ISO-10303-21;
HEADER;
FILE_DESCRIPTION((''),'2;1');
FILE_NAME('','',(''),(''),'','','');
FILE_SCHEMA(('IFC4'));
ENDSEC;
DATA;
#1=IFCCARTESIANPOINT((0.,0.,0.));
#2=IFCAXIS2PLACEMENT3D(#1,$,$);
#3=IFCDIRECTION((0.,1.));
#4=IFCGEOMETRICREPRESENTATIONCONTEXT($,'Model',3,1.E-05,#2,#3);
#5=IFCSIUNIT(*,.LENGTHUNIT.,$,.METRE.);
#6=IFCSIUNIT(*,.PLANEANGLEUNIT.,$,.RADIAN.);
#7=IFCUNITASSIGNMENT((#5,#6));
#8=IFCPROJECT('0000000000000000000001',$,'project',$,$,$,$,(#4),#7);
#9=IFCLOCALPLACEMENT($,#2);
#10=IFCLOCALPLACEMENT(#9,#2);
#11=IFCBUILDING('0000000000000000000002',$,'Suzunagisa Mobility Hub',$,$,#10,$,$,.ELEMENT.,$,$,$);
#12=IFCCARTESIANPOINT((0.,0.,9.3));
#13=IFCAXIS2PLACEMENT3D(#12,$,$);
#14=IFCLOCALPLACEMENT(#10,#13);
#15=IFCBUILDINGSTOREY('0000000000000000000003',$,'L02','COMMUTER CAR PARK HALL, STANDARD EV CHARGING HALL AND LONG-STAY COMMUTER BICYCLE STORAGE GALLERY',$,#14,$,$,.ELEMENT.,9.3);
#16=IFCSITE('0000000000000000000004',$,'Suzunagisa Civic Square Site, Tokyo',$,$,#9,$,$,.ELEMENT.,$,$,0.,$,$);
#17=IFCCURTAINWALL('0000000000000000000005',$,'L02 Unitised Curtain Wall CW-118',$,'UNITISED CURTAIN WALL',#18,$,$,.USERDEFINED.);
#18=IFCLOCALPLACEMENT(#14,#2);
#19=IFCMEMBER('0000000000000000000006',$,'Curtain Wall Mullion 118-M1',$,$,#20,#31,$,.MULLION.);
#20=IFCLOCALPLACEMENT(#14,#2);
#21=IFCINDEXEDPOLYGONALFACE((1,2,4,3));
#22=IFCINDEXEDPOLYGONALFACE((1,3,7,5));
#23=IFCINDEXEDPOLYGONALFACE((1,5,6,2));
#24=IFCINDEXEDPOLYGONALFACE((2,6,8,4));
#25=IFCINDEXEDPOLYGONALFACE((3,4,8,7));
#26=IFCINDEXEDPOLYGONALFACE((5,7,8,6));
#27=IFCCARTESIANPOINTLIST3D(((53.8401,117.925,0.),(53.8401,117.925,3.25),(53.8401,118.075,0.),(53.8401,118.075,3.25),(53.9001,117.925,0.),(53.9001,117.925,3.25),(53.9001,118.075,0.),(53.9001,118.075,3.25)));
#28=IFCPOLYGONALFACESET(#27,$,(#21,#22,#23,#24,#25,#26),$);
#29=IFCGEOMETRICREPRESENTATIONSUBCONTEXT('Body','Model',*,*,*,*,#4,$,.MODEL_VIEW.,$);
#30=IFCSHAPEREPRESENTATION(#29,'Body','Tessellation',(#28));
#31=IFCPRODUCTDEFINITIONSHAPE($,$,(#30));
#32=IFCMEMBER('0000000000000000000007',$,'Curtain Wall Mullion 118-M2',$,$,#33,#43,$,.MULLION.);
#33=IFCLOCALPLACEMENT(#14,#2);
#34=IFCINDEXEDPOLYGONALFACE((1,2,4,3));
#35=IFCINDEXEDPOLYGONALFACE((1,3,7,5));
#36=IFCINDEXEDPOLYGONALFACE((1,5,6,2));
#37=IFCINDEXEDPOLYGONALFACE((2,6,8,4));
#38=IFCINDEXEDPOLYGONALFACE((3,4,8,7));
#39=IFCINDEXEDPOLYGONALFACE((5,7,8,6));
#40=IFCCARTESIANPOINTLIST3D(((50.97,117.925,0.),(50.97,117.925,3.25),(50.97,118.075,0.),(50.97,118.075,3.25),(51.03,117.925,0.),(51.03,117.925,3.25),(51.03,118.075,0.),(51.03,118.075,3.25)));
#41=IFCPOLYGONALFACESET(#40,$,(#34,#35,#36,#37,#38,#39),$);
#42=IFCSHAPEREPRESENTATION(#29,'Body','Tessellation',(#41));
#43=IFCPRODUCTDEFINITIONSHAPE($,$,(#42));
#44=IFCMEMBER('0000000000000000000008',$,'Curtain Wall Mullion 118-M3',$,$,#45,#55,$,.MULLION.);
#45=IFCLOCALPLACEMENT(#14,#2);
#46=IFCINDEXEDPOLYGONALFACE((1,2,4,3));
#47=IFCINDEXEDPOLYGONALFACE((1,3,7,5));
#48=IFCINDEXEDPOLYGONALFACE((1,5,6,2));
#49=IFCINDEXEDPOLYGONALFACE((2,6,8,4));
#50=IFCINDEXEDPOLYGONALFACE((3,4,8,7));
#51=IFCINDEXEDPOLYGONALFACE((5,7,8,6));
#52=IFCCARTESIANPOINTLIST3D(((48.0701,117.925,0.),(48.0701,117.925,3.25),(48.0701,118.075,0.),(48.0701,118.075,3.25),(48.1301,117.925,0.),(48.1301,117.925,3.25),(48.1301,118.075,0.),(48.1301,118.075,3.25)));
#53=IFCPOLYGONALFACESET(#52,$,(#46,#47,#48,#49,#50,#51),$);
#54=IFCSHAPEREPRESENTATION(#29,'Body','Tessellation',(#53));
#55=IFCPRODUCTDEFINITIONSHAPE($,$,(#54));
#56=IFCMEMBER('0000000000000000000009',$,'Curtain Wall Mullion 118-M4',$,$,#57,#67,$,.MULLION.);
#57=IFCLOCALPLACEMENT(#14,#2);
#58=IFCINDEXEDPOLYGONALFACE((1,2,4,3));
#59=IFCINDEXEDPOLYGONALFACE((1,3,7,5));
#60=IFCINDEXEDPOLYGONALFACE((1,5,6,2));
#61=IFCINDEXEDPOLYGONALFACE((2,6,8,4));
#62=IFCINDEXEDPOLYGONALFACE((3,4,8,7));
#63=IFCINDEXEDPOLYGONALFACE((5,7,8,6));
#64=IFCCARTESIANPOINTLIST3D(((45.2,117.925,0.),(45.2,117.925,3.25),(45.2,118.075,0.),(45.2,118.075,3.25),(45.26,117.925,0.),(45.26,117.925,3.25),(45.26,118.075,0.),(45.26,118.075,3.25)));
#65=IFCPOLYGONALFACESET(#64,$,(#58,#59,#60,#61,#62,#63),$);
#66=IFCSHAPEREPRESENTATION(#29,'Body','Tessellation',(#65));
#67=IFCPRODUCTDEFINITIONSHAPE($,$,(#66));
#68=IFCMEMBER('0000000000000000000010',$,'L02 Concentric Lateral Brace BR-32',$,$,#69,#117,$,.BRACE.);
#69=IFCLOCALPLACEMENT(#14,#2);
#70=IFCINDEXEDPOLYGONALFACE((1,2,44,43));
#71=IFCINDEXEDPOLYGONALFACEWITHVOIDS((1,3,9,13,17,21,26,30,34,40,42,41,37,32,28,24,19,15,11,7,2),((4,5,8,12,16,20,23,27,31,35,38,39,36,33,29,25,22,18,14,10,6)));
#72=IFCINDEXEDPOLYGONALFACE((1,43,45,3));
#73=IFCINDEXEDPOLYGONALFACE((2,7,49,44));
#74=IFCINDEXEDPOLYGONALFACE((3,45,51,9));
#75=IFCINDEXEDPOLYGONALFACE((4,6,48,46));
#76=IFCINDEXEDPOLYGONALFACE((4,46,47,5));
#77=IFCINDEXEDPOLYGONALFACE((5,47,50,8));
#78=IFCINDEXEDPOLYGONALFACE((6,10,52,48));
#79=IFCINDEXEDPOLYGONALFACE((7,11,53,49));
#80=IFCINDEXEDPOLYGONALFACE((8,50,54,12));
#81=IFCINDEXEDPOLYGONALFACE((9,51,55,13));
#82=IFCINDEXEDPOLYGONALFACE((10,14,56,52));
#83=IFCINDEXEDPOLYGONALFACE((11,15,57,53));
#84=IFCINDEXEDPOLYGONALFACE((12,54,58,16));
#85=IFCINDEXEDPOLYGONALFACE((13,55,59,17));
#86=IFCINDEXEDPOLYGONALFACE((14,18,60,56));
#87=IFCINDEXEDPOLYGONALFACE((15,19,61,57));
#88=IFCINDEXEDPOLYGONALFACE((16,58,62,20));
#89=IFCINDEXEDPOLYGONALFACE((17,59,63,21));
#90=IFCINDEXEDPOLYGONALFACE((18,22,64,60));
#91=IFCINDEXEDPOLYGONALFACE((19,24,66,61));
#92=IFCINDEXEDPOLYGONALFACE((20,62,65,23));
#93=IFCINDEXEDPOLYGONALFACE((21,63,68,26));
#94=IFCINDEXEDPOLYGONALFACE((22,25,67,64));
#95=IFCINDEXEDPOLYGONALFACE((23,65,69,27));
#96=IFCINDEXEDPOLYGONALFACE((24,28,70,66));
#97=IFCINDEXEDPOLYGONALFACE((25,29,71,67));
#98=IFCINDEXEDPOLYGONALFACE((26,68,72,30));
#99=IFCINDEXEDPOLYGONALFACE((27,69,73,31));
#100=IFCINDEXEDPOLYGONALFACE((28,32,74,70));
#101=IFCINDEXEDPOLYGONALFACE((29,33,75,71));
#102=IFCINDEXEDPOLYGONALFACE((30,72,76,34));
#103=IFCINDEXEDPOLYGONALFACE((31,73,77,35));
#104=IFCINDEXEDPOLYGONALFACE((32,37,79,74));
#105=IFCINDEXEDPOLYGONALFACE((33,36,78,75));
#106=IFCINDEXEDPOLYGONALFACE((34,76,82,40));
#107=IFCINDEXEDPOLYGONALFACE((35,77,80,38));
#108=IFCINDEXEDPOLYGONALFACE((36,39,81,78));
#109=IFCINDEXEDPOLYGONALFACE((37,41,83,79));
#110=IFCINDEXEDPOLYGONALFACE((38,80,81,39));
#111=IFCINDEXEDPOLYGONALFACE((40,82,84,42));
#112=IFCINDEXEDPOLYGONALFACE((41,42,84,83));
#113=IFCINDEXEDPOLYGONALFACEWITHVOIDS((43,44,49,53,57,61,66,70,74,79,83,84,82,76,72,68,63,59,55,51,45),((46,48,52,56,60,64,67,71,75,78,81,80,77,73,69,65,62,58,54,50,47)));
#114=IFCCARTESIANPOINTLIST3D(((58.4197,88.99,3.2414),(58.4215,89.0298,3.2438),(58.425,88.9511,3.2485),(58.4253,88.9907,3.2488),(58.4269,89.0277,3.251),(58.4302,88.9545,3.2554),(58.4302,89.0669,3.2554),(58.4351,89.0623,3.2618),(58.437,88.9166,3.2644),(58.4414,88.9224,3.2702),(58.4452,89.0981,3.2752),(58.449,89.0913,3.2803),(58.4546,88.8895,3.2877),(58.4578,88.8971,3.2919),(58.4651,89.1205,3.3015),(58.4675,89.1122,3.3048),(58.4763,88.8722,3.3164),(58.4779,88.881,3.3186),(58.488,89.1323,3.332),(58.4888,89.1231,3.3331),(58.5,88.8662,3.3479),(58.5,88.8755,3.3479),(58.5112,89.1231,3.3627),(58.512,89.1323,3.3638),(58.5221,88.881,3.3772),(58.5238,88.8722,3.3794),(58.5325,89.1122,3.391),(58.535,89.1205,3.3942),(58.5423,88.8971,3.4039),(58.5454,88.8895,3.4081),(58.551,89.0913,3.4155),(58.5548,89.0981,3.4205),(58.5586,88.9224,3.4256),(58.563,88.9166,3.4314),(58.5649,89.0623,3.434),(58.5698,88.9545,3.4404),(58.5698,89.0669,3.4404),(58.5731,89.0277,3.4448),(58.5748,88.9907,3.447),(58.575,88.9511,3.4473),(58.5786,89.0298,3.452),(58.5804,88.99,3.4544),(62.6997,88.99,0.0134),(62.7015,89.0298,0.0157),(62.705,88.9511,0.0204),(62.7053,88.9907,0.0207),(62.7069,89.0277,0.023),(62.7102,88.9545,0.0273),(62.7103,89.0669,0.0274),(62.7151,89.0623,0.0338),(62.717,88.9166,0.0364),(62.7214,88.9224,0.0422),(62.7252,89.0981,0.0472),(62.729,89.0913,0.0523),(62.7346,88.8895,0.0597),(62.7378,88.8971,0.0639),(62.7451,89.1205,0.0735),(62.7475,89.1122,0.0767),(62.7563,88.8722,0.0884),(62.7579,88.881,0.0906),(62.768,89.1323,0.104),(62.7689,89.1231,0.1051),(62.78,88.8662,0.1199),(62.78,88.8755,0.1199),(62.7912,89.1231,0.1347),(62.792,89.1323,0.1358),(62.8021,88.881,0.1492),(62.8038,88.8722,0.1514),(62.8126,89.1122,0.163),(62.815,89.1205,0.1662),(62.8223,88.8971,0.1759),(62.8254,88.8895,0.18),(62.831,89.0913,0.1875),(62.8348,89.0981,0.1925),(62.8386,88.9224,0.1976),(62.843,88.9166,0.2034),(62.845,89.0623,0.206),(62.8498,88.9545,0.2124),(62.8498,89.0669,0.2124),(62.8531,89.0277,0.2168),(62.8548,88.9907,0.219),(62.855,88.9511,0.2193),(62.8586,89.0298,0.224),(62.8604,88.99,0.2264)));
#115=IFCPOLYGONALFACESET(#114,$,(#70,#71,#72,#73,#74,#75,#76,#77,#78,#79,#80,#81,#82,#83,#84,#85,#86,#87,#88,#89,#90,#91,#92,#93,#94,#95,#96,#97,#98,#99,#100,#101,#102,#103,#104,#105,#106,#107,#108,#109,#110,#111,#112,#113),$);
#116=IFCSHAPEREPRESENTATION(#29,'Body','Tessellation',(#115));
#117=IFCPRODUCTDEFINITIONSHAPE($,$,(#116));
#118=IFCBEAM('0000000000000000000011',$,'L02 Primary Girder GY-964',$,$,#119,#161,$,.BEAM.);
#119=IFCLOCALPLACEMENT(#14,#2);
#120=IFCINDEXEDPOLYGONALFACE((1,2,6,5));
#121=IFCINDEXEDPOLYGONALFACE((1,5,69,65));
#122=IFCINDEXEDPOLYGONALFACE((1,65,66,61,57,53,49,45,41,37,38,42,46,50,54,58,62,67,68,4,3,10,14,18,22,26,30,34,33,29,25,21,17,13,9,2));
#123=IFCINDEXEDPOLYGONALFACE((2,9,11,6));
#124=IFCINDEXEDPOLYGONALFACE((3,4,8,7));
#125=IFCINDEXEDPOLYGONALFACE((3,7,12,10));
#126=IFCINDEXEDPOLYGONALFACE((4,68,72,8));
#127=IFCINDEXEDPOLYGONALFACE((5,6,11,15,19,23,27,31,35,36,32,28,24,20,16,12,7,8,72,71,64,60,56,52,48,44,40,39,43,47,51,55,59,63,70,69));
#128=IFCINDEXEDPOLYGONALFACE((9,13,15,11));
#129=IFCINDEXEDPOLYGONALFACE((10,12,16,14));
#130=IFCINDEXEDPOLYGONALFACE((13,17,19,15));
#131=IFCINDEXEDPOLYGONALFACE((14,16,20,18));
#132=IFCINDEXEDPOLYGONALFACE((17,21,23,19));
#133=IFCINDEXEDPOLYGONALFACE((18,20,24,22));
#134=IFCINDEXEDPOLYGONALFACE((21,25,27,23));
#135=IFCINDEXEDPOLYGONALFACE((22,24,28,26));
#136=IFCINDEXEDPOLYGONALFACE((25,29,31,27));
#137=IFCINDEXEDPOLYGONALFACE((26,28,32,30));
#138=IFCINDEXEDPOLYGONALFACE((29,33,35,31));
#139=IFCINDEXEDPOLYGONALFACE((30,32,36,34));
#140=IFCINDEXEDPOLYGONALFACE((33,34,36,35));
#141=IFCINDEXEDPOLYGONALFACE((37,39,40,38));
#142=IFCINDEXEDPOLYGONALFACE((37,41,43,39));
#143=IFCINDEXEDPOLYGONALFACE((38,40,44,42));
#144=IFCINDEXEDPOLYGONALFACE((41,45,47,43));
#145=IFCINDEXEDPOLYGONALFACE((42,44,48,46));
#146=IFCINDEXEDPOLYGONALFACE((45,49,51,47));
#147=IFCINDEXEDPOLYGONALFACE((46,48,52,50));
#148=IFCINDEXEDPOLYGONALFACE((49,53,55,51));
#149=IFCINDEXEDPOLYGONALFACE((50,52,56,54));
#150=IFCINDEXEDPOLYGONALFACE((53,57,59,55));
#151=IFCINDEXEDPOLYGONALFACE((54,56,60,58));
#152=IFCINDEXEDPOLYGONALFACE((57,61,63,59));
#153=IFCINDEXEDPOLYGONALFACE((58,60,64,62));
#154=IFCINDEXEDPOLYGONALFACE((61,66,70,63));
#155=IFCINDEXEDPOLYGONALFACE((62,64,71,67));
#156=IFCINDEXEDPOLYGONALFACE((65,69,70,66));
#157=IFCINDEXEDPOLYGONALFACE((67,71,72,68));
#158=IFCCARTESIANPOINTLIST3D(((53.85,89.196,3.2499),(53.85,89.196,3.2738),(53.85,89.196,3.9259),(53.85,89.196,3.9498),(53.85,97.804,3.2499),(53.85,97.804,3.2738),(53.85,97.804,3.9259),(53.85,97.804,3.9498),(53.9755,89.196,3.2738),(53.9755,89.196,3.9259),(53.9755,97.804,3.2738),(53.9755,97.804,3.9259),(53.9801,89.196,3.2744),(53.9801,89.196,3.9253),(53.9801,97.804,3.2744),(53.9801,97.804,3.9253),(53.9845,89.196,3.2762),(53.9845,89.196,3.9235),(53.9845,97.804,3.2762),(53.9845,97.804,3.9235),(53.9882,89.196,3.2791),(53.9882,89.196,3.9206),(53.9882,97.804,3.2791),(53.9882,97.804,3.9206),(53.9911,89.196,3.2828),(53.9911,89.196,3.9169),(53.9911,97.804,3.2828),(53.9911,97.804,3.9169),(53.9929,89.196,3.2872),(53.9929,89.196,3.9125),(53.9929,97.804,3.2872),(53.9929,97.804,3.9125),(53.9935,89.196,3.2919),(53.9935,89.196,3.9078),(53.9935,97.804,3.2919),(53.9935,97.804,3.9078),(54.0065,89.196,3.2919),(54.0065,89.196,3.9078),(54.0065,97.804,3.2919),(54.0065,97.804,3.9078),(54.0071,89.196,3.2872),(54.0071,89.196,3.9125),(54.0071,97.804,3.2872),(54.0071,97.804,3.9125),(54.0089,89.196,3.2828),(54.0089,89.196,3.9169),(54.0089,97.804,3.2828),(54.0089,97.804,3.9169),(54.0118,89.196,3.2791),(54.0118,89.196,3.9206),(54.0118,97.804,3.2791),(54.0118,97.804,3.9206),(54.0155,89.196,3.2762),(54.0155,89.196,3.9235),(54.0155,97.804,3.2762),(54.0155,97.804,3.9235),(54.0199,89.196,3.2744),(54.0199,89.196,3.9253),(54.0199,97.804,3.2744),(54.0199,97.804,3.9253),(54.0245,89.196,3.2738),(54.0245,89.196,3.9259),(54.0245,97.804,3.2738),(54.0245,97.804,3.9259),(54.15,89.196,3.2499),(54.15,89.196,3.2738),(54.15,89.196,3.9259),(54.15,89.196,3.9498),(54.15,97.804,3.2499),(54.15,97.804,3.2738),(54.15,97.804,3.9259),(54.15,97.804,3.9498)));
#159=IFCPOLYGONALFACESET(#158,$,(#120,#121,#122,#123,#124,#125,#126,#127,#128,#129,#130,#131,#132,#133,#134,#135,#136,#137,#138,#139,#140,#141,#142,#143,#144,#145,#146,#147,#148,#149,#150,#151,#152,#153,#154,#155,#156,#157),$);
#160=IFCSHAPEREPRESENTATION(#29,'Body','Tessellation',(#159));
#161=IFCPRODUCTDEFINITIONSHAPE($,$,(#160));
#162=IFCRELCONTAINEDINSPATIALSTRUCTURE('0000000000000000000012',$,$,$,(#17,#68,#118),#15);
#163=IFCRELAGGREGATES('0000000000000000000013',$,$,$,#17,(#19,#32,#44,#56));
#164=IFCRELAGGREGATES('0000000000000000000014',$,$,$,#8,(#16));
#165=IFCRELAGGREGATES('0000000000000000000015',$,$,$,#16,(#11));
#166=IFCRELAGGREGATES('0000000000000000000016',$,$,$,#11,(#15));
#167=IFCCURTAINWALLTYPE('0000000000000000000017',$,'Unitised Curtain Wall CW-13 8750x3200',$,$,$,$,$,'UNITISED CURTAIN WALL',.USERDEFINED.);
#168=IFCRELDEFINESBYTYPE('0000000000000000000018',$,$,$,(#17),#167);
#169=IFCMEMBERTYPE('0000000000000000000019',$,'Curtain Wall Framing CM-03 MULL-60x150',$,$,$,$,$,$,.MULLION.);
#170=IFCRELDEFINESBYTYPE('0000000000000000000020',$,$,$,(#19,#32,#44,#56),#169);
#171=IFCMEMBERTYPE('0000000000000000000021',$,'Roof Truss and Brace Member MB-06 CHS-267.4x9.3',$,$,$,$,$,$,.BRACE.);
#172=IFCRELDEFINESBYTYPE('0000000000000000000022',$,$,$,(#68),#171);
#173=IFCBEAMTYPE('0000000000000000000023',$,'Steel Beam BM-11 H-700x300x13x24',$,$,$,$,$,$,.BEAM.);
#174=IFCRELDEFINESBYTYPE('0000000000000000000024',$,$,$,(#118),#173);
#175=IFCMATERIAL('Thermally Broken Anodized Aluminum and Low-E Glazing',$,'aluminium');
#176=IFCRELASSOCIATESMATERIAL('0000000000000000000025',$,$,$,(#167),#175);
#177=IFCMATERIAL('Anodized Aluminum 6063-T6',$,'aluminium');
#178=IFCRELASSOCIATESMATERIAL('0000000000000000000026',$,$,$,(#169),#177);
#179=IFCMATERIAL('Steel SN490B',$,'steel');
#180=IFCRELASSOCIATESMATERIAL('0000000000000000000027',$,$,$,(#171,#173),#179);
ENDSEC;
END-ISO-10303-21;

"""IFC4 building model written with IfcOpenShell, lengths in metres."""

from ifc_helpers import new_model, si_unit, direction, frame, origin, origin_2d, place, context, subcontext, project, spatial, rectangle, hollow_circle, i_section, extrude, material, material_profile, profile_set, type_object, element, aggregate, save


model = new_model("IFC4")

# Units and contexts
model_context = context("Model", 3, precision=1e-05, world=origin(), true_north=direction((0.0, 1.0)))
body_context = subcontext(model_context, "Body", "Model", "MODEL_VIEW")
ifc_project = project(units=[si_unit("LENGTHUNIT", "METRE"), si_unit("PLANEANGLEUNIT", "RADIAN")], contexts=[model_context])

# Site, building, storey
site_placement = place(None, origin())
site = spatial("IfcSite", under=ifc_project, at=site_placement, Name="Suzunagisa Civic Square Site, Tokyo", CompositionType="ELEMENT", RefElevation=0.0)
building_placement = place(site_placement, origin())
building = spatial("IfcBuilding", under=site, at=building_placement, Name="Suzunagisa Mobility Hub", CompositionType="ELEMENT")
storey_placement = place(building_placement, frame((0.0, 0.0, 9.3)))
storey = spatial("IfcBuildingStorey", under=building, at=storey_placement, Name="L02", Description="COMMUTER CAR PARK HALL, STANDARD EV CHARGING HALL AND LONG-STAY COMMUTER BICYCLE STORAGE GALLERY", CompositionType="ELEMENT", Elevation=9.3)

# Shared definitions
ifc_material_1 = material(Name="Steel SN490B", Category="steel")

# Curtain wall, members
ifc_material_2 = material(Name="Thermally Broken Anodized Aluminum and Low-E Glazing", Category="aluminium")
curtain_wall_type = type_object("IfcCurtainWallType", Name="Unitised Curtain Wall CW-13 8750x3200", ElementType="UNITISED CURTAIN WALL", PredefinedType="USERDEFINED", material=ifc_material_2)
curtain_wall_placement = place(storey_placement, origin())
curtain_wall = element("IfcCurtainWall", 1, at=curtain_wall_placement, inside=storey, type_object=curtain_wall_type, Name="L02 Unitised Curtain Wall CW-118", ObjectType="UNITISED CURTAIN WALL", PredefinedType="USERDEFINED")
ifc_material_3 = material(Name="Anodized Aluminum 6063-T6", Category="aluminium")
ifc_material_profile_1 = material_profile(ifc_material_3, rectangle(XDim=0.0601, YDim=0.1499, at=origin_2d()), Name="MULL-60x150")
ifc_profile_set_1 = profile_set([ifc_material_profile_1], Name="Anodized Aluminum 6063-T6")
member_type_1 = type_object("IfcMemberType", Name="Curtain Wall Framing CM-03 MULL-60x150", PredefinedType="MULLION", material=ifc_profile_set_1)
member_1_placement = place(storey_placement, frame((53.8701, 118.0, 0.0), z_axis=(0.0, 0.0, 1.0), x_axis=(-1.0, 0.0, 0.0)))
member_1 = element("IfcMember", 2, at=member_1_placement, type_object=member_type_1, Name="Curtain Wall Mullion 118-M1", PredefinedType="MULLION", context=body_context, shape_type="SweptSolid", body=[
    extrude(rectangle(XDim=0.0601, YDim=0.1499, at=origin_2d()), origin(), (0.0, 0.0, 1.0), 3.25),
])
member_2_placement = place(storey_placement, frame((51.0, 118.0, 0.0), z_axis=(0.0, 0.0, 1.0), x_axis=(-1.0, 0.0, 0.0)))
member_2 = element("IfcMember", 3, at=member_2_placement, type_object=member_type_1, Name="Curtain Wall Mullion 118-M2", PredefinedType="MULLION", context=body_context, shape_type="SweptSolid", body=[
    extrude(rectangle(XDim=0.0601, YDim=0.1499, at=origin_2d()), origin(), (0.0, 0.0, 1.0), 3.25),
])
member_3_placement = place(storey_placement, frame((48.1001, 118.0, 0.0), z_axis=(0.0, 0.0, 1.0), x_axis=(-1.0, 0.0, 0.0)))
member_3 = element("IfcMember", 4, at=member_3_placement, type_object=member_type_1, Name="Curtain Wall Mullion 118-M3", PredefinedType="MULLION", context=body_context, shape_type="SweptSolid", body=[
    extrude(rectangle(XDim=0.0601, YDim=0.1499, at=origin_2d()), origin(), (0.0, 0.0, 1.0), 3.25),
])
member_4_placement = place(storey_placement, frame((45.23, 118.0, 0.0), z_axis=(0.0, 0.0, 1.0), x_axis=(-1.0, 0.0, 0.0)))
member_4 = element("IfcMember", 5, at=member_4_placement, type_object=member_type_1, Name="Curtain Wall Mullion 118-M4", PredefinedType="MULLION", context=body_context, shape_type="SweptSolid", body=[
    extrude(rectangle(XDim=0.0601, YDim=0.1499, at=origin_2d()), origin(), (0.0, 0.0, 1.0), 3.25),
])

# Member
ifc_material_profile_2 = material_profile(ifc_material_1, hollow_circle(Radius=0.1338, WallThickness=0.0093, at=origin_2d()), Name="CHS-267.4x9.3")
ifc_profile_set_2 = profile_set([ifc_material_profile_2], Name="Steel SN490B")
member_type_2 = type_object("IfcMemberType", Name="Roof Truss and Brace Member MB-06 CHS-267.4x9.3", PredefinedType="BRACE", material=ifc_profile_set_2)
member_5_placement = place(storey_placement, frame((62.78, 89.0, 0.1199), z_axis=(-0.798385, 0.0, 0.602147), x_axis=(0.0, -1.0, 0.0)))
element("IfcMember", 6, at=member_5_placement, inside=storey, type_object=member_type_2, Name="L02 Concentric Lateral Brace BR-32", PredefinedType="BRACE", context=body_context, shape_type="SweptSolid", body=[
    extrude(hollow_circle(Radius=0.1338, WallThickness=0.0093, at=origin_2d()), origin(), (0.0, 0.0, 1.0), 5.3608),
])

# Beam
ifc_material_profile_3 = material_profile(ifc_material_1, i_section(OverallWidth=0.3, OverallDepth=0.7, WebThickness=0.0129, FlangeThickness=0.0239, FilletRadius=0.0181, at=origin_2d()), Name="H-700x300x13x24")
ifc_profile_set_3 = profile_set([ifc_material_profile_3], Name="Steel SN490B")
beam_type_1 = type_object("IfcBeamType", Name="Steel Beam BM-11 H-700x300x13x24", PredefinedType="BEAM", material=ifc_profile_set_3)
beam_1_placement = place(storey_placement, frame((54.0, 89.196, 3.5999), z_axis=(0.0, 1.0, 0.0), x_axis=(-1.0, 0.0, 0.0)))
element("IfcBeam", 7, at=beam_1_placement, inside=storey, type_object=beam_type_1, Name="L02 Primary Girder GY-964", PredefinedType="BEAM", context=body_context, shape_type="SweptSolid", body=[
    extrude(i_section(OverallWidth=0.3, OverallDepth=0.7, WebThickness=0.0129, FlangeThickness=0.0239, FilletRadius=0.0181, at=origin_2d()), origin(), (0.0, 0.0, 1.0), 8.6079),
])

aggregate(curtain_wall, [member_1, member_2, member_3, member_4])

save(model, "model.ifc")
